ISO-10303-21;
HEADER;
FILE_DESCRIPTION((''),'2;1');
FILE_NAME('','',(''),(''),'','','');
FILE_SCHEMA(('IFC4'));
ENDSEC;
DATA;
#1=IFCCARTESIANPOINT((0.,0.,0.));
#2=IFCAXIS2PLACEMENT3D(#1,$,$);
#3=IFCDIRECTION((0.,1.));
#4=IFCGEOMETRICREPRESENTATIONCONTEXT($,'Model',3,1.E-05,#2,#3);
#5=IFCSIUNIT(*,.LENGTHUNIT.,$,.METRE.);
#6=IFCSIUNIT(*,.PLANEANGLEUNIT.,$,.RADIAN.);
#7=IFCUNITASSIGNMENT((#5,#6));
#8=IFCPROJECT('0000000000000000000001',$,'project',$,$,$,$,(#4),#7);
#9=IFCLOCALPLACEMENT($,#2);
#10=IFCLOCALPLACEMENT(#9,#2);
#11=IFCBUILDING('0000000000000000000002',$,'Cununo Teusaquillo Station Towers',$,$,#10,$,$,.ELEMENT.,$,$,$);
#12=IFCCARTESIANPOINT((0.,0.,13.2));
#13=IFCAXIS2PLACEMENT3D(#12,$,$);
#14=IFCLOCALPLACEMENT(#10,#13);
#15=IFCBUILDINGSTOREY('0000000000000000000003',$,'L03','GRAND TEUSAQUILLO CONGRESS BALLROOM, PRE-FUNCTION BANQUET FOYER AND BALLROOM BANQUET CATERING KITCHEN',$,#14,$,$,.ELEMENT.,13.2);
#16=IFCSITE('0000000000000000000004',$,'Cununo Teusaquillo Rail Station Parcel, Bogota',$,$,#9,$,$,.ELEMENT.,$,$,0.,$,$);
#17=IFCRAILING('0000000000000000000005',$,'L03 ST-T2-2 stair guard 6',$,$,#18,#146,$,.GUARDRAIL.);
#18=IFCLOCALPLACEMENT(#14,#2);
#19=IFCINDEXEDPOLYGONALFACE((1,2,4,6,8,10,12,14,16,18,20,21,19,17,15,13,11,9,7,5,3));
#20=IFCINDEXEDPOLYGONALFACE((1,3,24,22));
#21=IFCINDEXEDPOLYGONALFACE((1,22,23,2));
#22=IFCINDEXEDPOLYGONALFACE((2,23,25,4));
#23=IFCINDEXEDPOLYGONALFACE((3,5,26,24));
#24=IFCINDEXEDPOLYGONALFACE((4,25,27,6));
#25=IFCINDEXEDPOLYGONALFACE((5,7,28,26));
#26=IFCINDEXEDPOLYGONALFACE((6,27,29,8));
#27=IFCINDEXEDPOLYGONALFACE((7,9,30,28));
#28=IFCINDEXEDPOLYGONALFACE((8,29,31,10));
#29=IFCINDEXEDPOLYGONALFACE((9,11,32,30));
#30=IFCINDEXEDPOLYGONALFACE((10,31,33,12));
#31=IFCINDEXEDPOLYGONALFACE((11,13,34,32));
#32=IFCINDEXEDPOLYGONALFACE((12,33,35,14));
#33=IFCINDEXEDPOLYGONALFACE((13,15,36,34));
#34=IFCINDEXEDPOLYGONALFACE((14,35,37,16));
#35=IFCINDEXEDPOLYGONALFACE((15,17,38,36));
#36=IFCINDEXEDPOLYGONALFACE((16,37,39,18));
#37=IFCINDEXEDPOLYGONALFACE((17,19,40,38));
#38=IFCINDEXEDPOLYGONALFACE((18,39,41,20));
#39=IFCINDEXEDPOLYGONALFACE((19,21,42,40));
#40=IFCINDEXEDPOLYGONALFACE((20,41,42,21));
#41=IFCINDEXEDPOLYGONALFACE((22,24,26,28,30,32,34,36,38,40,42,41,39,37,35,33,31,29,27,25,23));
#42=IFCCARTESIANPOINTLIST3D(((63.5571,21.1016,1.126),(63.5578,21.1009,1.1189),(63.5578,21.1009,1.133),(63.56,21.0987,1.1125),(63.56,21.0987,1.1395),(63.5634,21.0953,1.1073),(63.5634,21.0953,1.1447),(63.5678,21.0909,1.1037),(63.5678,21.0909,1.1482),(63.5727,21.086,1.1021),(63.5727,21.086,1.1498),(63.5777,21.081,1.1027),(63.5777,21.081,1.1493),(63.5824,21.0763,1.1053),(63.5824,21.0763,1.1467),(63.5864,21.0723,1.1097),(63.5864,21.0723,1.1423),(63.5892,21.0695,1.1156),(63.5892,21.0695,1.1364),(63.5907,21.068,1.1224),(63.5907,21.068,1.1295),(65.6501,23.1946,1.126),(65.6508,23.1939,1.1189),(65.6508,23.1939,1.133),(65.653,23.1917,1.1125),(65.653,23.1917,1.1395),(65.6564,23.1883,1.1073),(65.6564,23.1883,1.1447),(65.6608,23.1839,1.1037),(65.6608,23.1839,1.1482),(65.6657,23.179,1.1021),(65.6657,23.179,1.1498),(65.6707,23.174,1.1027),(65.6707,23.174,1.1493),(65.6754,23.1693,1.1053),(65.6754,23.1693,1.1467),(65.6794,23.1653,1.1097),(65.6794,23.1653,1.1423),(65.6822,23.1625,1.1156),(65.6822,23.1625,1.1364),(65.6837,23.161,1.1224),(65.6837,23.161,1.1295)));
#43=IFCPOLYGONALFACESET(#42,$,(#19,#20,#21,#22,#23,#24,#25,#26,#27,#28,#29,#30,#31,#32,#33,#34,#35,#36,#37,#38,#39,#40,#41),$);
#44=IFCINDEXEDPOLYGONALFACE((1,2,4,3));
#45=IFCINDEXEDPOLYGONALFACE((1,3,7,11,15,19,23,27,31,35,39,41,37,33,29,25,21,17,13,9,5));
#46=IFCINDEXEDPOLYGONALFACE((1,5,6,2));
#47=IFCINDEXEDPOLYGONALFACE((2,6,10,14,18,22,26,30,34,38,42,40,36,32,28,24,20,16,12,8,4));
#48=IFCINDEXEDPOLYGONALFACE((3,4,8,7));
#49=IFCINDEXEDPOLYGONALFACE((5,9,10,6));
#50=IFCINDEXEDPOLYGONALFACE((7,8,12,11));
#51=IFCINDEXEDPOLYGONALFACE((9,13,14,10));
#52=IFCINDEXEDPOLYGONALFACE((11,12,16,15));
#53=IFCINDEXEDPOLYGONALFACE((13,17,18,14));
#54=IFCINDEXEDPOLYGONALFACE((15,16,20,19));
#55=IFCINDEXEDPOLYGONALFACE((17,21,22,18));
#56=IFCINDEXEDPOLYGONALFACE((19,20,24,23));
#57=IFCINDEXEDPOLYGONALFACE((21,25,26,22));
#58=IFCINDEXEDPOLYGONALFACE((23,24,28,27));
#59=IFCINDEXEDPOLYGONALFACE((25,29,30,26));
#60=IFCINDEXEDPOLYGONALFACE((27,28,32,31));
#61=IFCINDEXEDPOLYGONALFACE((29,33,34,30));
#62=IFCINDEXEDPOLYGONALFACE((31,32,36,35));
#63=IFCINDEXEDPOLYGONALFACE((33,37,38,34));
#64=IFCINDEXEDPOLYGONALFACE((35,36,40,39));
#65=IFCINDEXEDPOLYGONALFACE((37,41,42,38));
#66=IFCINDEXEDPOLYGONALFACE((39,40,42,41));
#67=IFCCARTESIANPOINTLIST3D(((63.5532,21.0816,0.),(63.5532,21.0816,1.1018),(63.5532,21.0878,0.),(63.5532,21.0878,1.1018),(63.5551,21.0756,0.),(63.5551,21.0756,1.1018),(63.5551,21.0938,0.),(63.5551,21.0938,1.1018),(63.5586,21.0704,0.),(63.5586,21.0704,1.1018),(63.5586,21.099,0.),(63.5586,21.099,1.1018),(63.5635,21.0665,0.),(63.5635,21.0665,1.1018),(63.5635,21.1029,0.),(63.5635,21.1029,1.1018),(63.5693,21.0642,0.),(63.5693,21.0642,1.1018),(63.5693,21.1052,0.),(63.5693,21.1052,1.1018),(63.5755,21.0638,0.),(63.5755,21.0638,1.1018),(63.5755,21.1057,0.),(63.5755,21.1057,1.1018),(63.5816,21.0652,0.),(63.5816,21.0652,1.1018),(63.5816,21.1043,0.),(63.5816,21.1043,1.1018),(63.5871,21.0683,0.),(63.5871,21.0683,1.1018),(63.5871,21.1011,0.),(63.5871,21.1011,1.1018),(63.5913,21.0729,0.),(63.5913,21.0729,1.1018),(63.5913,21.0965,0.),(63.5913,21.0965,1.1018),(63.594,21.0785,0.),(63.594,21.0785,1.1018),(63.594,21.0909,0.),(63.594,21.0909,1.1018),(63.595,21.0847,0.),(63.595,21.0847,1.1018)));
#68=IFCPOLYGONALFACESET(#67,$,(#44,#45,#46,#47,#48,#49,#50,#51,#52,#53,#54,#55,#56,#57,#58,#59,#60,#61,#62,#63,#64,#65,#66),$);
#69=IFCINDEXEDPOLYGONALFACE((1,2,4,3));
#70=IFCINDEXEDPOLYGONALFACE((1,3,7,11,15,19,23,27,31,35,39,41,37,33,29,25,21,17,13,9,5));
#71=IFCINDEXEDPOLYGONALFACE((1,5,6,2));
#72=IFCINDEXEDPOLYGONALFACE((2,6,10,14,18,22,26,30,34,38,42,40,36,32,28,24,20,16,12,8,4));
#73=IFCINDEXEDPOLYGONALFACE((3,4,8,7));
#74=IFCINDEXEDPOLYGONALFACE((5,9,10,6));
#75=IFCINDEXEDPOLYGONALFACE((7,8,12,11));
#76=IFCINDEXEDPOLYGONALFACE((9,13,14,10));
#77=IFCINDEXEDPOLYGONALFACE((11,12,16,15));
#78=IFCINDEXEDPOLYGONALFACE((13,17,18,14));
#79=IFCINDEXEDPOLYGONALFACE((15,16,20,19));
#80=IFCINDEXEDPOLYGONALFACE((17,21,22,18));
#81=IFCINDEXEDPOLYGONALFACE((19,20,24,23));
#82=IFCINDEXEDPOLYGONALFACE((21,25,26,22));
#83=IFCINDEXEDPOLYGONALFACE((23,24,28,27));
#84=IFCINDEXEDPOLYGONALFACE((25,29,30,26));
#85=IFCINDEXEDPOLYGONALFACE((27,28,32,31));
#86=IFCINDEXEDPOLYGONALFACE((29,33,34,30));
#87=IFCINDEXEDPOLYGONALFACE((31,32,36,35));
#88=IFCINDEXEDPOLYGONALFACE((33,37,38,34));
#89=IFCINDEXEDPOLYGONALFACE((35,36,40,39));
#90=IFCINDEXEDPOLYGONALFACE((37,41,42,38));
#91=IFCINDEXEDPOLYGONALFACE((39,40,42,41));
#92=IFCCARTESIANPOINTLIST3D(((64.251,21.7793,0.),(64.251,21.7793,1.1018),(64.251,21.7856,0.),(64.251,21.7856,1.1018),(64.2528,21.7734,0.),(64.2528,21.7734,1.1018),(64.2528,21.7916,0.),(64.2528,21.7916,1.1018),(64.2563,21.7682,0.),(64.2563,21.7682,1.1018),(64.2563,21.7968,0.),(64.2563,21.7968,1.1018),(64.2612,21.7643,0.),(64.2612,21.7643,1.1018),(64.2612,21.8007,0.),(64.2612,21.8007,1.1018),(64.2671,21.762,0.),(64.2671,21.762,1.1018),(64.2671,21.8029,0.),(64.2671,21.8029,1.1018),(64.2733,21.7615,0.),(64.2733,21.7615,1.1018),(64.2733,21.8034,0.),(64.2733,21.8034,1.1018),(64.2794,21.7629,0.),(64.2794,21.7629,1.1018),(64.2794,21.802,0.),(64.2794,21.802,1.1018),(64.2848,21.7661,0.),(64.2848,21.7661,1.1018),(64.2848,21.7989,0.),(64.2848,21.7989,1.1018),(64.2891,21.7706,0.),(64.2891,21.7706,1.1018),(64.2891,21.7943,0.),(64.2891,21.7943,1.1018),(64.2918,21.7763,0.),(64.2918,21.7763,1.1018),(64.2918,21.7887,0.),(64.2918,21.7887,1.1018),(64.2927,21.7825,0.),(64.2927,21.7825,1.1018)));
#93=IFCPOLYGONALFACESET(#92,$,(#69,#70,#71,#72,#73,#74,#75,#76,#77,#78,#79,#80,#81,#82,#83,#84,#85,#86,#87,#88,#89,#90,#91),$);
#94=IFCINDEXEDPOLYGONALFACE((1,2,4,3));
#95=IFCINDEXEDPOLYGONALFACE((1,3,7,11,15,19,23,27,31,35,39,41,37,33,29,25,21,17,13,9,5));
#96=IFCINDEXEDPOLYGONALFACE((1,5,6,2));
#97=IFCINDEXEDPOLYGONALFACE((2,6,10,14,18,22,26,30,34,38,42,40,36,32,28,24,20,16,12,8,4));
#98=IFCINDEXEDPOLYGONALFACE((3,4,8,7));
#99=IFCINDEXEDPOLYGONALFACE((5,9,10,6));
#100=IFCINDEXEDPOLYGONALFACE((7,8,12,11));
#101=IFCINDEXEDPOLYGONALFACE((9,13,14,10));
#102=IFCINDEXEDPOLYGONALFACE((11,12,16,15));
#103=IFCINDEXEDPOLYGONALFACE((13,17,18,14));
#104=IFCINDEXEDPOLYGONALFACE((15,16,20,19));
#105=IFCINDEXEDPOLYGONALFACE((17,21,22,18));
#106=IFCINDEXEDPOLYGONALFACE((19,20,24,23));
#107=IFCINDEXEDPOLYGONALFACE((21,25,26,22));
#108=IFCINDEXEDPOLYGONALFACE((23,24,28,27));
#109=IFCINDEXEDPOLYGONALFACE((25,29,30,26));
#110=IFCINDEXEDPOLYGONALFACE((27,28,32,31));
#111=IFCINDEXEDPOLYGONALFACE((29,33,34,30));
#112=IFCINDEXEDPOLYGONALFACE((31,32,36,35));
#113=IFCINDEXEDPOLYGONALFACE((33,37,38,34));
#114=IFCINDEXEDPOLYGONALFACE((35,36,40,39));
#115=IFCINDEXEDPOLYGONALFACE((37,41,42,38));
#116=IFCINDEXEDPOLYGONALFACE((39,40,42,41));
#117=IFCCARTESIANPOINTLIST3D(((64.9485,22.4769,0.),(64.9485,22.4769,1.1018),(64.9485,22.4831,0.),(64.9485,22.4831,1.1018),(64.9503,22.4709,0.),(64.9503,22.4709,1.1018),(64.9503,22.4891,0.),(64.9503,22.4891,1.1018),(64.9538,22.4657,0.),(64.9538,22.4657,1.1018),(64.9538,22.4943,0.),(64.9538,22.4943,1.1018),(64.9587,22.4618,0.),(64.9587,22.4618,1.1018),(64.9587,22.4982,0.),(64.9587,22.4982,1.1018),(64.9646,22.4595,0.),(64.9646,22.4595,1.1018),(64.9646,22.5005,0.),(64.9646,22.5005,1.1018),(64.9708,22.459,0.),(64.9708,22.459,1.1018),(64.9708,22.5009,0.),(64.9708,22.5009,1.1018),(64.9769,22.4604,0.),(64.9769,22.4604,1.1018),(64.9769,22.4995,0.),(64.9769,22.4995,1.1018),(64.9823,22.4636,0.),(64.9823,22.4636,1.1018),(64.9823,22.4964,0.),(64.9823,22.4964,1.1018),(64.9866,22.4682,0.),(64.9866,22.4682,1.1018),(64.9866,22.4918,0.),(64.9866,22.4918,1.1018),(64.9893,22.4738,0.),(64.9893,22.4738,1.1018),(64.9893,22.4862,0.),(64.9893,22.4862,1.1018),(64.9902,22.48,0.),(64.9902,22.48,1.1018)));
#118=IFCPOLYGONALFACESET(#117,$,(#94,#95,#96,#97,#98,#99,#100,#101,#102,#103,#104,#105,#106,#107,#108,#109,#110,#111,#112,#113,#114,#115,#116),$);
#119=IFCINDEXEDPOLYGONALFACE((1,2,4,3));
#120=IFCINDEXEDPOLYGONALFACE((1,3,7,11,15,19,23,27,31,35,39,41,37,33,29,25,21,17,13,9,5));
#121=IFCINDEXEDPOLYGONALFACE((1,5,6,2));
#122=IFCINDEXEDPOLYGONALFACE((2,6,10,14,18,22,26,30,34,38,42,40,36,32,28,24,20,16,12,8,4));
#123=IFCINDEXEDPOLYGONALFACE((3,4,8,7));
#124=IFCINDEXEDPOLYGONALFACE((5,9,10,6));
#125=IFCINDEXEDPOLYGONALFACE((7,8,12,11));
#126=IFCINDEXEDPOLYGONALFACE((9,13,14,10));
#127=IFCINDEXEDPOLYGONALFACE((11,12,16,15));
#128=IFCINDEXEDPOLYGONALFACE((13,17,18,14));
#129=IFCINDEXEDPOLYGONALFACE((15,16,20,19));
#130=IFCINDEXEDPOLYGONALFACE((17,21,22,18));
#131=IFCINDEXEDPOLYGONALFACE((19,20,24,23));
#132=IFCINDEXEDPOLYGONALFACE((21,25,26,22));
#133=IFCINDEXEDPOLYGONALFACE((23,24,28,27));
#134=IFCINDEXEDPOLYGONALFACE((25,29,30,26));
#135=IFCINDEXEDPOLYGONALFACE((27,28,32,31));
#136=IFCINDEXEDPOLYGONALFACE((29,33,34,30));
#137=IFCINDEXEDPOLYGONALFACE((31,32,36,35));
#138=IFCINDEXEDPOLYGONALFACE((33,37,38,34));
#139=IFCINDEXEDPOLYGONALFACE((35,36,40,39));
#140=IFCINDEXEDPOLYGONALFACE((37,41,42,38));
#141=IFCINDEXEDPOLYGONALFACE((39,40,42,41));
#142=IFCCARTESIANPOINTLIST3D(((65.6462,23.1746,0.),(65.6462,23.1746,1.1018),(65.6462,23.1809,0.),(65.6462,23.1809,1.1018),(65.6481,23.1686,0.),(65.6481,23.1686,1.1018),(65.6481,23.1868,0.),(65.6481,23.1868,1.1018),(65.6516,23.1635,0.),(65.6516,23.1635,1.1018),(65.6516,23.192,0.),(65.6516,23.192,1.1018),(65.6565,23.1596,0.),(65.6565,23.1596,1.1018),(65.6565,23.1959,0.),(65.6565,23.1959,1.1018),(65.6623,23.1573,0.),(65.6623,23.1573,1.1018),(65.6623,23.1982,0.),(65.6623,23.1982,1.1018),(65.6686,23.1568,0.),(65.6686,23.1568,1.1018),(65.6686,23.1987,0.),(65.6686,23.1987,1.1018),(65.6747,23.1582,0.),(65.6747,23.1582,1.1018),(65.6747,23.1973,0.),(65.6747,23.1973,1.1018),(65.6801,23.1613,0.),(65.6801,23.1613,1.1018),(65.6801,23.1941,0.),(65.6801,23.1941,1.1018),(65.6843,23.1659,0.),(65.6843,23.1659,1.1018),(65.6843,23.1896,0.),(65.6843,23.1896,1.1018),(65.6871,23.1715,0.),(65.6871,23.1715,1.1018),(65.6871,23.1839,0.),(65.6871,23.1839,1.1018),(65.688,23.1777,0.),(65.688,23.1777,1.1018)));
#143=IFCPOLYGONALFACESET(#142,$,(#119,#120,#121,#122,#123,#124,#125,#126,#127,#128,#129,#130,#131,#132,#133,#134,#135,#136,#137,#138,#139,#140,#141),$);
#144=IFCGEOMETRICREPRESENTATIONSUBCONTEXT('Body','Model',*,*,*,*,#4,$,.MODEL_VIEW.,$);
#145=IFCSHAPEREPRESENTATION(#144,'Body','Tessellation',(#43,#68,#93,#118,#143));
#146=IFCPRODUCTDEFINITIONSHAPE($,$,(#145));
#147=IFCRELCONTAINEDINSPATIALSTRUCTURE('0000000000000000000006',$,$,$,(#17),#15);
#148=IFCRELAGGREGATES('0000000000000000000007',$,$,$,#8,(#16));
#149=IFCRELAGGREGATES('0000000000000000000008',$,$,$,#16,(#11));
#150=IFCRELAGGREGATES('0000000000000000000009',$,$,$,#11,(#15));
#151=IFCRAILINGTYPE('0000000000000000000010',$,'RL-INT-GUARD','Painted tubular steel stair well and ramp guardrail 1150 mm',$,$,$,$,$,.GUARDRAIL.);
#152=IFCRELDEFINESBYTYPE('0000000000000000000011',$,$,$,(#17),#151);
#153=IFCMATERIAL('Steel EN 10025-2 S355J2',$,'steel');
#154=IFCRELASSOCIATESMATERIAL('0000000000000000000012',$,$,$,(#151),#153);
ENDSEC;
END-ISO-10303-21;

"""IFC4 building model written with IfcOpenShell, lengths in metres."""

from ifc_helpers import new_model, si_unit, direction, frame, origin, origin_2d, place, context, subcontext, project, spatial, circle, extrude, material, type_object, element, save


model = new_model("IFC4")

# Units and contexts
model_context = context("Model", 3, precision=1e-05, world=origin(), true_north=direction((0.0, 1.0)))
body_context = subcontext(model_context, "Body", "Model", "MODEL_VIEW")
ifc_project = project(units=[si_unit("LENGTHUNIT", "METRE"), si_unit("PLANEANGLEUNIT", "RADIAN")], contexts=[model_context])

# Site, building, storey
site_placement = place(None, origin())
site = spatial("IfcSite", under=ifc_project, at=site_placement, Name="Cununo Teusaquillo Rail Station Parcel, Bogota", CompositionType="ELEMENT", RefElevation=0.0)
building_placement = place(site_placement, origin())
building = spatial("IfcBuilding", under=site, at=building_placement, Name="Cununo Teusaquillo Station Towers", CompositionType="ELEMENT")
storey_placement = place(building_placement, frame((0.0, 0.0, 13.2)))
storey = spatial("IfcBuildingStorey", under=building, at=storey_placement, Name="L03", Description="GRAND TEUSAQUILLO CONGRESS BALLROOM, PRE-FUNCTION BANQUET FOYER AND BALLROOM BANQUET CATERING KITCHEN", CompositionType="ELEMENT", Elevation=13.2)

# Railing
ifc_material_1 = material(Name="Steel EN 10025-2 S355J2", Category="steel")
railing_type_1 = type_object("IfcRailingType", Name="RL-INT-GUARD", Description="Painted tubular steel stair well and ramp guardrail 1150 mm", PredefinedType="GUARDRAIL", material=ifc_material_1)
railing_1_placement = place(storey_placement, frame((63.574, 21.0847, 0.0)))
element("IfcRailing", 1, at=railing_1_placement, inside=storey, type_object=railing_type_1, Name="L03 ST-T2-2 stair guard 6", PredefinedType="GUARDRAIL", context=body_context, shape_type="SweptSolid", body=[
    extrude(circle(Radius=0.0239, at=origin_2d()), frame((0.0, 0.0, 1.126), z_axis=(0.707107, 0.707107, 0.0), x_axis=(-0.707107, 0.707107, 0.0)), (0.0, 0.0, 1.0), 2.96),
    extrude(circle(Radius=0.021, at=origin_2d()), origin(), (0.0, 0.0, 1.0), 1.1018),
    extrude(circle(Radius=0.021, at=origin_2d()), frame((0.6978, 0.6978, 0.0)), (0.0, 0.0, 1.0), 1.1018),
    extrude(circle(Radius=0.021, at=origin_2d()), frame((1.3953, 1.3953, 0.0)), (0.0, 0.0, 1.0), 1.1018),
    extrude(circle(Radius=0.021, at=origin_2d()), frame((2.093, 2.093, 0.0)), (0.0, 0.0, 1.0), 1.1018),
])

save(model, "model.ifc")
